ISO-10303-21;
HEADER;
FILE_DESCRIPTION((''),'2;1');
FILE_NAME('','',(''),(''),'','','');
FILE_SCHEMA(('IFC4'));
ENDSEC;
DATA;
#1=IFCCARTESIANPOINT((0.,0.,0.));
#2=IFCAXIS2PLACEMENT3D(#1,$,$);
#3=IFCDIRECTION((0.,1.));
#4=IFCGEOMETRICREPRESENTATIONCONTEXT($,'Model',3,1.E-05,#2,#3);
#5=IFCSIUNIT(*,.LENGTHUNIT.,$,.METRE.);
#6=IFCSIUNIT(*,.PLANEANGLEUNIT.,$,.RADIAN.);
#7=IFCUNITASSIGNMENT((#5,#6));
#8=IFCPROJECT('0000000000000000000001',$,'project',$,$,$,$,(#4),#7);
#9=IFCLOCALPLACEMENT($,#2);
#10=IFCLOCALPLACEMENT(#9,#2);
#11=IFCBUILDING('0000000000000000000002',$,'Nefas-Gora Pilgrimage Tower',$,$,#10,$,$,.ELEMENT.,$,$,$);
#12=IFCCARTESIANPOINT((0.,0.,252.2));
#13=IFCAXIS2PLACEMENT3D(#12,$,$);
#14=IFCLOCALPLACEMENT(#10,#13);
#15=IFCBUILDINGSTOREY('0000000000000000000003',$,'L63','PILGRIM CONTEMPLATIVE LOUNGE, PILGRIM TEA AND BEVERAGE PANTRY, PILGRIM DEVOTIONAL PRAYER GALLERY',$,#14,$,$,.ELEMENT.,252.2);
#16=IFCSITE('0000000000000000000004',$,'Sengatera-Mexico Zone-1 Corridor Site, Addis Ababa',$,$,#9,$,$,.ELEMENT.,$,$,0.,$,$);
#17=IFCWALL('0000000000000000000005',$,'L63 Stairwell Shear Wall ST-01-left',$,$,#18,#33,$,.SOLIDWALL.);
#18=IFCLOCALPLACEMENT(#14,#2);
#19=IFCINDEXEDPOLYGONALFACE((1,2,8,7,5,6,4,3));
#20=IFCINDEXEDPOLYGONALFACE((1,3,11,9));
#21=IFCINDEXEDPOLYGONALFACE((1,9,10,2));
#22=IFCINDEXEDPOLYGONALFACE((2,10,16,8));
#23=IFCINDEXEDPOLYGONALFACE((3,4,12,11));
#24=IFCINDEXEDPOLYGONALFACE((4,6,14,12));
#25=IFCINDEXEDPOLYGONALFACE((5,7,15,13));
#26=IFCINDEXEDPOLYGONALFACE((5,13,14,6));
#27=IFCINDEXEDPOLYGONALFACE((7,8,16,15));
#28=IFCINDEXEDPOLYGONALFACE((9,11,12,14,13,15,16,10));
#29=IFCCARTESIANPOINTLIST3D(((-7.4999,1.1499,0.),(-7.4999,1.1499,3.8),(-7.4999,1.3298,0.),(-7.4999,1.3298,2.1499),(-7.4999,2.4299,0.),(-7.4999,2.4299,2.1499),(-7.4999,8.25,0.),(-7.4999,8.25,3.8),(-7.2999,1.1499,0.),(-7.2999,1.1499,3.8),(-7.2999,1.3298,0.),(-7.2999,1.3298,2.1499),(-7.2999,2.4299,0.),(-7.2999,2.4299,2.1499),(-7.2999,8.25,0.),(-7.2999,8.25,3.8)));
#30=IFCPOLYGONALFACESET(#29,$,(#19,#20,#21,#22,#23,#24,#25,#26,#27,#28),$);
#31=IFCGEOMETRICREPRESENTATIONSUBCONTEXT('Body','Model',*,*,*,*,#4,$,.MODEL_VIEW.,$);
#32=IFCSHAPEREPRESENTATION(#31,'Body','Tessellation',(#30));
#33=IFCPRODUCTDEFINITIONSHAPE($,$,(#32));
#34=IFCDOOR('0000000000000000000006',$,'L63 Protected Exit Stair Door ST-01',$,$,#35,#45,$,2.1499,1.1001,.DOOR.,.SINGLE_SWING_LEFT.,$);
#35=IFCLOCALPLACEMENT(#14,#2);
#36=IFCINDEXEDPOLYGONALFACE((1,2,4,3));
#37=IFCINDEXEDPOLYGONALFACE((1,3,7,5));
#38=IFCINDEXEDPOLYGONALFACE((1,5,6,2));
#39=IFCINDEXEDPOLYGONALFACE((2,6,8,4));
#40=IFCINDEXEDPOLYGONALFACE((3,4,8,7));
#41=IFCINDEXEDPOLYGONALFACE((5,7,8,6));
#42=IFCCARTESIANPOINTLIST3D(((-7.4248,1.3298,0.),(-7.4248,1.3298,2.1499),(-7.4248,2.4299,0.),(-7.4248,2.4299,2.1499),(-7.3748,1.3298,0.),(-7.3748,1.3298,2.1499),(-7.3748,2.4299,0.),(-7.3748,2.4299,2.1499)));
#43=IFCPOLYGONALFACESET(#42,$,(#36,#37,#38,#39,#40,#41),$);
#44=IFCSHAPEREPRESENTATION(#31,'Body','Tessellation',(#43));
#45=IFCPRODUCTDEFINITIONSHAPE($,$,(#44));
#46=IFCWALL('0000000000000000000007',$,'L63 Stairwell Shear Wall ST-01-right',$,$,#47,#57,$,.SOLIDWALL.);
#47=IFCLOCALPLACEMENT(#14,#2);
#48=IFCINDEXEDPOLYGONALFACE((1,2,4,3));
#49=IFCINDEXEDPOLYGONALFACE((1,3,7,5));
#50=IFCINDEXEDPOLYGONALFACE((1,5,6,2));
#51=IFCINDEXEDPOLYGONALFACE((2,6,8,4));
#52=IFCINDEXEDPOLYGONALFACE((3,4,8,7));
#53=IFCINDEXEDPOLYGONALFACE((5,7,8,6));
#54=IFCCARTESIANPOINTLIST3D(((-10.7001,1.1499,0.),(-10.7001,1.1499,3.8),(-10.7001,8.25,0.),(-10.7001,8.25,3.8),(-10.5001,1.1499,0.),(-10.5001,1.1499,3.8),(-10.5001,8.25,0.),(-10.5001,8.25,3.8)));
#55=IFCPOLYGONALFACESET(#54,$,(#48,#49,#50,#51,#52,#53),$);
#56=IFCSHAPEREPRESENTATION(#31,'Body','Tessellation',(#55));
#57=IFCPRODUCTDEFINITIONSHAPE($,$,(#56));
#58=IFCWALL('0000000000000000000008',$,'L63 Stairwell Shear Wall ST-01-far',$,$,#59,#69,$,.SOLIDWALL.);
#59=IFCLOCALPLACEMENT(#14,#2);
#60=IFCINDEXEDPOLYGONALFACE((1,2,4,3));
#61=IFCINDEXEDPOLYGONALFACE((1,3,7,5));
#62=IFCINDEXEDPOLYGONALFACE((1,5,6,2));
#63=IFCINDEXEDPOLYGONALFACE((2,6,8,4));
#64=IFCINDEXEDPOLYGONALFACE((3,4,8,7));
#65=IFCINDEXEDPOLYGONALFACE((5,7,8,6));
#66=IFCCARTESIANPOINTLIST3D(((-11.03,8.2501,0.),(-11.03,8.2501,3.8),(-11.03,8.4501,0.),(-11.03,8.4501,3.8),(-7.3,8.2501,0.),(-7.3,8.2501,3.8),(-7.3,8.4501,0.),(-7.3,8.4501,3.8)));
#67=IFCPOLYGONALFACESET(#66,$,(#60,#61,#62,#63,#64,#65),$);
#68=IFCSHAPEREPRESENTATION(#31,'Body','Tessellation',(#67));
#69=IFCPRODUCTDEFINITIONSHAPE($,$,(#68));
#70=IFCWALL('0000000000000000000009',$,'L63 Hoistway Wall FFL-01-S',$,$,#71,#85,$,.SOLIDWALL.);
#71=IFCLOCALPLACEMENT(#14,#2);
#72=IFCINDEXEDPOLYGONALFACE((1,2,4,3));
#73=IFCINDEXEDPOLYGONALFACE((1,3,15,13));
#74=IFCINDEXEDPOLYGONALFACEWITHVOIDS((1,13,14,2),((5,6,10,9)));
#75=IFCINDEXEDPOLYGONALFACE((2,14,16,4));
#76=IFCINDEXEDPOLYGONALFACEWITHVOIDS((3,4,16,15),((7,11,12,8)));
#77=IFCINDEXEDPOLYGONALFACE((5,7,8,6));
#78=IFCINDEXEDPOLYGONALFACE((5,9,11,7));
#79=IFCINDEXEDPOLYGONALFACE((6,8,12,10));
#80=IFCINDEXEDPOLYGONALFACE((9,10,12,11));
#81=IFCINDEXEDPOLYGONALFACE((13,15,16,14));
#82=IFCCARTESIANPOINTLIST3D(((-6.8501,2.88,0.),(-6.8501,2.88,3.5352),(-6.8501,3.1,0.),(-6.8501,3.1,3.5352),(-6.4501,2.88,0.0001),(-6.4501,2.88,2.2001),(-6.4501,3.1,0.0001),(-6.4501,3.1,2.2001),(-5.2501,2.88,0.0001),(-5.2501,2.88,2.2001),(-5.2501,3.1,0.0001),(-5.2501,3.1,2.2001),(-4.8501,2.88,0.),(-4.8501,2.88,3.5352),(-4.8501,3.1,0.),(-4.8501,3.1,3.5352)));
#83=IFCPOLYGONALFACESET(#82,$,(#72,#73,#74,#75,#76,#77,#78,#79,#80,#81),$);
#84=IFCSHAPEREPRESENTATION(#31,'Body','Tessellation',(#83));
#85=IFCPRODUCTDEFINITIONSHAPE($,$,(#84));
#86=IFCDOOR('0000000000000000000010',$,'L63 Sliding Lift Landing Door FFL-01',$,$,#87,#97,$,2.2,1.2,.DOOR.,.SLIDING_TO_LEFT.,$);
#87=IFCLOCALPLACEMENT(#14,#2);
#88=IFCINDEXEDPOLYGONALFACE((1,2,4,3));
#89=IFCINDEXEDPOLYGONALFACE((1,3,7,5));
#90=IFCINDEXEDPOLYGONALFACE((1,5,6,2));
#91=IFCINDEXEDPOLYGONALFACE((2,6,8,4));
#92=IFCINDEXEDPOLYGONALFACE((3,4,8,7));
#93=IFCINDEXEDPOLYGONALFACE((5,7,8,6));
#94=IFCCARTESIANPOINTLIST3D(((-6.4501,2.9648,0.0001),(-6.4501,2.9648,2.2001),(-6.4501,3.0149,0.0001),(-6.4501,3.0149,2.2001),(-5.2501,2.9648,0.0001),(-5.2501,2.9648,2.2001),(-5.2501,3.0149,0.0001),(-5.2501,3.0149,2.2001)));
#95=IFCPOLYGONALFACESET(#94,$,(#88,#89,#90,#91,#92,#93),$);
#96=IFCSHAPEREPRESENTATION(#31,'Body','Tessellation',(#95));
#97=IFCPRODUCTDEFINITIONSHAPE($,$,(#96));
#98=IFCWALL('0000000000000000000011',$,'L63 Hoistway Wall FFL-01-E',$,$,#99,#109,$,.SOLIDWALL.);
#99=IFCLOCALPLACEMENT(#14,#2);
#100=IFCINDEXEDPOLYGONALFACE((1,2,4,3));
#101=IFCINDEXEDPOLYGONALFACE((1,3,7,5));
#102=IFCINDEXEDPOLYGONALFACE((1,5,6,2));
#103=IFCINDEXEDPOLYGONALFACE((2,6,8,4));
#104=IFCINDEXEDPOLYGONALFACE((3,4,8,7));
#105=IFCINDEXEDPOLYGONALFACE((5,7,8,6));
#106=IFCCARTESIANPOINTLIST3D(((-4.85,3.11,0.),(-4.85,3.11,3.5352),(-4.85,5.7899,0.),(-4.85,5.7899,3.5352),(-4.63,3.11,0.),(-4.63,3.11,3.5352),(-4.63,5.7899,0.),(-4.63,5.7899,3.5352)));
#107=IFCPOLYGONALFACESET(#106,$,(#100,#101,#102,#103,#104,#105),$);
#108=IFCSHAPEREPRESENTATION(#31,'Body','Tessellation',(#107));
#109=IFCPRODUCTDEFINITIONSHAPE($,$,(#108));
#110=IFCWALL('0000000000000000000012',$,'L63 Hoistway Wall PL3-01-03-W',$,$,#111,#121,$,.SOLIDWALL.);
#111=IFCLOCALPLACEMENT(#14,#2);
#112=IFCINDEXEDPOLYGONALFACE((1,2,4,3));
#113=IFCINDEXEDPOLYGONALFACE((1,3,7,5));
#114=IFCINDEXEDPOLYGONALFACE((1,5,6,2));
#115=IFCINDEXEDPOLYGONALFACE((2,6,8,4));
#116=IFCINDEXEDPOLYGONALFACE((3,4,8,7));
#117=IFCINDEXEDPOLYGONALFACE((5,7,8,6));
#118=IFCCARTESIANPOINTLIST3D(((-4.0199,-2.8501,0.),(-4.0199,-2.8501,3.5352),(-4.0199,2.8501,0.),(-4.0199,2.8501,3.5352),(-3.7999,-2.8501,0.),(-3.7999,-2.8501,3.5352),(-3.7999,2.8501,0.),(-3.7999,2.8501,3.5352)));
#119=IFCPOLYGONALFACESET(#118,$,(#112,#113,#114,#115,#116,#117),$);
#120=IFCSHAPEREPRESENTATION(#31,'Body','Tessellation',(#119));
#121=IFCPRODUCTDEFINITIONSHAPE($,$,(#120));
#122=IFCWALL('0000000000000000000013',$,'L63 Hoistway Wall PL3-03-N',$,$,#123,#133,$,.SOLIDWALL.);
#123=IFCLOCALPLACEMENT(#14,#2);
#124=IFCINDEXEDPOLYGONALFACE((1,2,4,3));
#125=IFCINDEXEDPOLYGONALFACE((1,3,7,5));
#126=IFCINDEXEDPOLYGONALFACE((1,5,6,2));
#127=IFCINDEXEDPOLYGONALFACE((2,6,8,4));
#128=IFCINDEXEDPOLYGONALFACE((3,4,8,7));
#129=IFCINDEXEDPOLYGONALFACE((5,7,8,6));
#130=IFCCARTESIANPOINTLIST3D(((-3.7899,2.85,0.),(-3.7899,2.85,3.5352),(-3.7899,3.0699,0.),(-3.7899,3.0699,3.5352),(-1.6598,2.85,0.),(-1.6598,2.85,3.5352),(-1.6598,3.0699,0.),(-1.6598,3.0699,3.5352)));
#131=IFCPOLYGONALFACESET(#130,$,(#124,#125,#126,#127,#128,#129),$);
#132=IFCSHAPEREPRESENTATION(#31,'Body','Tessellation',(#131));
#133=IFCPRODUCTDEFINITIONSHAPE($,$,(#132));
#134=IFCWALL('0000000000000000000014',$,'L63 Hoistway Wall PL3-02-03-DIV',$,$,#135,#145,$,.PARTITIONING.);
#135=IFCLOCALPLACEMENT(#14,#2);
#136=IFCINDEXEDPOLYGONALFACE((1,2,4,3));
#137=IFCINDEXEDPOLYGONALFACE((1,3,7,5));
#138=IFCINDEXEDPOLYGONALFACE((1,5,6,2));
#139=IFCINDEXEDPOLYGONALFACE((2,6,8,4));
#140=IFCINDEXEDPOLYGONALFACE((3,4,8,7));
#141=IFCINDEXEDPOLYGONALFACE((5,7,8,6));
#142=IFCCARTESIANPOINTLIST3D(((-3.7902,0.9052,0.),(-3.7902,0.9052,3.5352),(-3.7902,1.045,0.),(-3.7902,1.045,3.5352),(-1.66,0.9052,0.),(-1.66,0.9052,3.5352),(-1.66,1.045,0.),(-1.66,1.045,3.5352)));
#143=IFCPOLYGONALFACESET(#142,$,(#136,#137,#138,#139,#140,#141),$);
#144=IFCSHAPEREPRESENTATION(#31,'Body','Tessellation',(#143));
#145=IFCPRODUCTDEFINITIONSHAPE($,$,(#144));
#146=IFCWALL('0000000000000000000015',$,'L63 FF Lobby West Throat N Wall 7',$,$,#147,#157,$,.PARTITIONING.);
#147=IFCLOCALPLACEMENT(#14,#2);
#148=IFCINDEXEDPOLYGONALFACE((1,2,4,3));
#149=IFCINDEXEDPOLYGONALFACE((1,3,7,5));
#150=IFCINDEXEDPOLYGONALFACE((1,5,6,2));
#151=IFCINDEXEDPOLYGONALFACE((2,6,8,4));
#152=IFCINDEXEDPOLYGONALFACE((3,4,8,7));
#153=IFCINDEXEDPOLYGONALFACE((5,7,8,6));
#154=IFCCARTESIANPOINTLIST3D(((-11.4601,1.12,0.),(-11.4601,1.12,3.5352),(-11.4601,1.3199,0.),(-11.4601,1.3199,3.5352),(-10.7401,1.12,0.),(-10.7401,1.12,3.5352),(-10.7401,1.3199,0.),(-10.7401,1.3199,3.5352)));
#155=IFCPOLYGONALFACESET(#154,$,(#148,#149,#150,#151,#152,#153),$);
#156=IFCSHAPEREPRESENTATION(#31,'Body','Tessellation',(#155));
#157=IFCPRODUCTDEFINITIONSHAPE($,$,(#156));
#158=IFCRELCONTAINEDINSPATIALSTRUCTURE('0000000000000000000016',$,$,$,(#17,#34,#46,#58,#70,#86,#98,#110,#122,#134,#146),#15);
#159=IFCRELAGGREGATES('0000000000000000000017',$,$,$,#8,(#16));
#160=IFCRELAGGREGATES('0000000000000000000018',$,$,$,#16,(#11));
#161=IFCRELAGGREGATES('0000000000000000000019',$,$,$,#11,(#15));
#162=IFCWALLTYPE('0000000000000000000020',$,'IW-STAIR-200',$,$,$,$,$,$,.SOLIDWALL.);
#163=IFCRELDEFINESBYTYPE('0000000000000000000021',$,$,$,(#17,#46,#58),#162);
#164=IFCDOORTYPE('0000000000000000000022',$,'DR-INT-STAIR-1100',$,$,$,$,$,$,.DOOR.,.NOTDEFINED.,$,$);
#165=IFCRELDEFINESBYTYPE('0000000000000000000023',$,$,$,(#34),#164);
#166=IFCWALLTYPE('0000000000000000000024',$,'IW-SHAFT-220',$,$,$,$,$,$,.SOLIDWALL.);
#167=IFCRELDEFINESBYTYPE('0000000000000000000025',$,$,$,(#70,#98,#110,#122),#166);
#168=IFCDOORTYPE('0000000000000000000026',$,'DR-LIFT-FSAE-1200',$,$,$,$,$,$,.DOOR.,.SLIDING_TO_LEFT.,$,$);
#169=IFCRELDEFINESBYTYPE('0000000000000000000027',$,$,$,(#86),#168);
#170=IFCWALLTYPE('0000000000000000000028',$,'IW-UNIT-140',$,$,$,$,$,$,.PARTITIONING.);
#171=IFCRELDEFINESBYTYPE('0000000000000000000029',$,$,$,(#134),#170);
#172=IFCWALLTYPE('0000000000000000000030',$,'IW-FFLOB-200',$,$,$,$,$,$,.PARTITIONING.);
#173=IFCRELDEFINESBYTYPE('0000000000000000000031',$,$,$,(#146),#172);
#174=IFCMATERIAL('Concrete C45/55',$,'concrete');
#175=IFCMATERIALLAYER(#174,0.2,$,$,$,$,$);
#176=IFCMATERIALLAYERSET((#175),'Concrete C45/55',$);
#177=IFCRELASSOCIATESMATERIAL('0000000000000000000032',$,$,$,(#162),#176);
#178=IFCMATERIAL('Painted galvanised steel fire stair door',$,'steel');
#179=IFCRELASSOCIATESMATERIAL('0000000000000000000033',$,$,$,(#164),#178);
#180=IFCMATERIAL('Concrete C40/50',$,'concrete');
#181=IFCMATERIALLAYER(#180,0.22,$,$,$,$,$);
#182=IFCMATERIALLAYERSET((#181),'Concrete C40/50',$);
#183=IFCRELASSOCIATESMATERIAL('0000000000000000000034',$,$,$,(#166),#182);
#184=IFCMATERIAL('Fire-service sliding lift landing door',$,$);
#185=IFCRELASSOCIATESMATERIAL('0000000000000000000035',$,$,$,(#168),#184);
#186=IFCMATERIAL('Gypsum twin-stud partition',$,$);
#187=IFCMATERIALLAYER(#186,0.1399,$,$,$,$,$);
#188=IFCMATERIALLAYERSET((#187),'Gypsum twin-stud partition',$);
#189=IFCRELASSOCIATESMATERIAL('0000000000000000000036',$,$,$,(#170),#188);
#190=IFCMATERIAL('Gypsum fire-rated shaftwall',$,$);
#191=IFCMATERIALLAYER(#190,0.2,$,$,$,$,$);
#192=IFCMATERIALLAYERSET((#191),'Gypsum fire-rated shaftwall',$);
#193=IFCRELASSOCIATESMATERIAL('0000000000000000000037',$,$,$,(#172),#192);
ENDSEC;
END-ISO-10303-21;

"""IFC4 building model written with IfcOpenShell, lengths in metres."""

from ifc_helpers import new_model, si_unit, direction, frame, frame_2d, origin, place, context, subcontext, project, spatial, rectangle, extrude, source, transform, mapped, material, layer, layer_set, type_object, element, fill, save


model = new_model("IFC4")

# Units and contexts
model_context = context("Model", 3, precision=1e-05, world=origin(), true_north=direction((0.0, 1.0)))
body_context = subcontext(model_context, "Body", "Model", "MODEL_VIEW")
ifc_project = project(units=[si_unit("LENGTHUNIT", "METRE"), si_unit("PLANEANGLEUNIT", "RADIAN")], contexts=[model_context])

# Site, building, storey
site_placement = place(None, origin())
site = spatial("IfcSite", under=ifc_project, at=site_placement, Name="Sengatera-Mexico Zone-1 Corridor Site, Addis Ababa", CompositionType="ELEMENT", RefElevation=0.0)
building_placement = place(site_placement, origin())
building = spatial("IfcBuilding", under=site, at=building_placement, Name="Nefas-Gora Pilgrimage Tower", CompositionType="ELEMENT")
storey_placement = place(building_placement, frame((0.0, 0.0, 252.2)))
storey = spatial("IfcBuildingStorey", under=building, at=storey_placement, Name="L63", Description="PILGRIM CONTEMPLATIVE LOUNGE, PILGRIM TEA AND BEVERAGE PANTRY, PILGRIM DEVOTIONAL PRAYER GALLERY", CompositionType="ELEMENT", Elevation=252.2)

# Shared definitions
ifc_material_1 = material(Name="Concrete C45/55", Category="concrete")
ifc_layer_1 = layer(ifc_material_1, 0.2)
ifc_layer_set_1 = layer_set([ifc_layer_1], Name="Concrete C45/55")
wall_type_1 = type_object("IfcWallType", Name="IW-STAIR-200", PredefinedType="SOLIDWALL", material=ifc_layer_set_1)

# Wall, opening, door
shared_shape_1 = source(origin(), body_context, "Body", "SweptSolid", [
    extrude(rectangle(XDim=7.1001, YDim=0.2, at=frame_2d((3.55, 0.0))), origin(), (0.0, 0.0, 1.0), 3.8),
])
wall_1_placement = place(storey_placement, frame((-7.3999, 1.1499, 0.0), z_axis=(0.0, 0.0, 1.0), x_axis=(0.0, 1.0, 0.0)))
wall_1 = element("IfcWall", 1, at=wall_1_placement, inside=storey, type_object=wall_type_1, Name="L63 Stairwell Shear Wall ST-01-left", PredefinedType="SOLIDWALL", context=body_context, shape_type="MappedRepresentation", body=[
    mapped(shared_shape_1, transform((0.0, 0.0, 0.0), x_axis=(1.0, 0.0, 0.0), y_axis=(0.0, 1.0, 0.0), z_axis=(0.0, 0.0, 1.0), scale=1.0)),
])
opening_1_placement = place(wall_1_placement, frame((0.1799, 0.0, 0.0)))
opening_1 = element("IfcOpeningElement", 2, at=opening_1_placement, cuts=wall_1, PredefinedType="OPENING", context=body_context, shape_type="SweptSolid", body=[
    extrude(rectangle(XDim=1.1001, YDim=2.1499, at=frame_2d((0.55, 1.075))), frame((0.0, 0.1099, 0.0), z_axis=(0.0, -1.0, 0.0), x_axis=(1.0, 0.0, 0.0)), (0.0, 0.0, 1.0), 0.22),
])
ifc_material_2 = material(Name="Painted galvanised steel fire stair door", Category="steel")
door_type_1 = type_object("IfcDoorType", Name="DR-INT-STAIR-1100", OperationType="NOTDEFINED", PredefinedType="DOOR", material=ifc_material_2)
shared_shape_2 = source(origin(), body_context, "Body", "SweptSolid", [
    extrude(rectangle(XDim=1.1001, YDim=2.1499, at=frame_2d((0.55, 1.075))), frame((0.0, 0.0249, 0.0), z_axis=(0.0, -1.0, 0.0), x_axis=(1.0, 0.0, 0.0)), (0.0, 0.0, 1.0), 0.05),
])
door_1_placement = place(opening_1_placement, origin())
door_1 = element("IfcDoor", 3, at=door_1_placement, inside=storey, type_object=door_type_1, Name="L63 Protected Exit Stair Door ST-01", OperationType="SINGLE_SWING_LEFT", OverallHeight=2.1499, OverallWidth=1.1001, PredefinedType="DOOR", context=body_context, shape_type="MappedRepresentation", body=[
    mapped(shared_shape_2, transform((0.0, 0.0, 0.0), x_axis=(1.0, 0.0, 0.0), y_axis=(0.0, 1.0, 0.0), z_axis=(0.0, 0.0, 1.0), scale=1.0)),
])
fill(opening_1, door_1)

# Walls
wall_2_placement = place(storey_placement, frame((-10.6001, 1.1499, 0.0), z_axis=(0.0, 0.0, 1.0), x_axis=(0.0, 1.0, 0.0)))
element("IfcWall", 4, at=wall_2_placement, inside=storey, type_object=wall_type_1, Name="L63 Stairwell Shear Wall ST-01-right", PredefinedType="SOLIDWALL", context=body_context, shape_type="MappedRepresentation", body=[
    mapped(shared_shape_1, transform((0.0, 0.0, 0.0), x_axis=(1.0, 0.0, 0.0), y_axis=(0.0, 1.0, 0.0), z_axis=(0.0, 0.0, 1.0), scale=1.0)),
])
shared_shape_3 = source(origin(), body_context, "Body", "SweptSolid", [
    extrude(rectangle(XDim=3.73, YDim=0.2, at=frame_2d((1.865, 0.0))), origin(), (0.0, 0.0, 1.0), 3.8),
])
wall_3_placement = place(storey_placement, frame((-7.3, 8.3501, 0.0), z_axis=(0.0, 0.0, 1.0), x_axis=(-1.0, 0.0, 0.0)))
element("IfcWall", 5, at=wall_3_placement, inside=storey, type_object=wall_type_1, Name="L63 Stairwell Shear Wall ST-01-far", PredefinedType="SOLIDWALL", context=body_context, shape_type="MappedRepresentation", body=[
    mapped(shared_shape_3, transform((0.0, 0.0, 0.0), x_axis=(1.0, 0.0, 0.0), y_axis=(0.0, 1.0, 0.0), z_axis=(0.0, 0.0, 1.0), scale=1.0)),
])

# Wall, opening, door
ifc_material_3 = material(Name="Concrete C40/50", Category="concrete")
ifc_layer_2 = layer(ifc_material_3, 0.22)
ifc_layer_set_2 = layer_set([ifc_layer_2], Name="Concrete C40/50")
wall_type_2 = type_object("IfcWallType", Name="IW-SHAFT-220", PredefinedType="SOLIDWALL", material=ifc_layer_set_2)
shared_shape_4 = source(origin(), body_context, "Body", "SweptSolid", [
    extrude(rectangle(XDim=2.0, YDim=0.22, at=frame_2d((1.0, 0.0))), origin(), (0.0, 0.0, 1.0), 3.5352),
])
wall_4_placement = place(storey_placement, frame((-6.8501, 2.99, 0.0), z_axis=(0.0, 0.0, 1.0), x_axis=(1.0, 0.0, 0.0)))
wall_4 = element("IfcWall", 6, at=wall_4_placement, inside=storey, type_object=wall_type_2, Name="L63 Hoistway Wall FFL-01-S", PredefinedType="SOLIDWALL", context=body_context, shape_type="MappedRepresentation", body=[
    mapped(shared_shape_4, transform((0.0, 0.0, 0.0), x_axis=(1.0, 0.0, 0.0), y_axis=(0.0, 1.0, 0.0), z_axis=(0.0, 0.0, 1.0), scale=1.0)),
])
opening_2_placement = place(wall_4_placement, frame((0.3999, 0.0, 0.0)))
opening_2 = element("IfcOpeningElement", 7, at=opening_2_placement, cuts=wall_4, PredefinedType="OPENING", context=body_context, shape_type="SweptSolid", body=[
    extrude(rectangle(XDim=1.2, YDim=2.2, at=frame_2d((0.6001, 1.1001))), frame((0.0, 0.1199, 0.0), z_axis=(0.0, -1.0, 0.0), x_axis=(1.0, 0.0, 0.0)), (0.0, 0.0, 1.0), 0.24),
])
ifc_material_4 = material(Name="Fire-service sliding lift landing door")
door_type_2 = type_object("IfcDoorType", Name="DR-LIFT-FSAE-1200", OperationType="SLIDING_TO_LEFT", PredefinedType="DOOR", material=ifc_material_4)
shared_shape_5 = source(origin(), body_context, "Body", "SweptSolid", [
    extrude(rectangle(XDim=1.2, YDim=2.2, at=frame_2d((0.6001, 1.1001))), frame((0.0, 0.0249, 0.0), z_axis=(0.0, -1.0, 0.0), x_axis=(1.0, 0.0, 0.0)), (0.0, 0.0, 1.0), 0.05),
])
door_2_placement = place(opening_2_placement, origin())
door_2 = element("IfcDoor", 8, at=door_2_placement, inside=storey, type_object=door_type_2, Name="L63 Sliding Lift Landing Door FFL-01", OperationType="SLIDING_TO_LEFT", OverallHeight=2.2, OverallWidth=1.2, PredefinedType="DOOR", context=body_context, shape_type="MappedRepresentation", body=[
    mapped(shared_shape_5, transform((0.0, 0.0, 0.0), x_axis=(1.0, 0.0, 0.0), y_axis=(0.0, 1.0, 0.0), z_axis=(0.0, 0.0, 1.0), scale=1.0)),
])
fill(opening_2, door_2)

# Walls
shared_shape_6 = source(origin(), body_context, "Body", "SweptSolid", [
    extrude(rectangle(XDim=2.6799, YDim=0.22, at=frame_2d((1.3398, 0.0))), origin(), (0.0, 0.0, 1.0), 3.5352),
])
wall_5_placement = place(storey_placement, frame((-4.74, 3.1101, 0.0), z_axis=(0.0, 0.0, 1.0), x_axis=(0.0, 1.0, 0.0)))
element("IfcWall", 9, at=wall_5_placement, inside=storey, type_object=wall_type_2, Name="L63 Hoistway Wall FFL-01-E", PredefinedType="SOLIDWALL", context=body_context, shape_type="MappedRepresentation", body=[
    mapped(shared_shape_6, transform((0.0, 0.0, 0.0), x_axis=(1.0, 0.0, 0.0), y_axis=(0.0, 1.0, 0.0), z_axis=(0.0, 0.0, 1.0), scale=1.0)),
])
shared_shape_7 = source(origin(), body_context, "Body", "SweptSolid", [
    extrude(rectangle(XDim=5.7002, YDim=0.22, at=frame_2d((2.8501, 0.0))), origin(), (0.0, 0.0, 1.0), 3.5352),
])
wall_6_placement = place(storey_placement, frame((-3.9099, 2.8501, 0.0), z_axis=(0.0, 0.0, 1.0), x_axis=(0.0, -1.0, 0.0)))
element("IfcWall", 10, at=wall_6_placement, inside=storey, type_object=wall_type_2, Name="L63 Hoistway Wall PL3-01-03-W", PredefinedType="SOLIDWALL", context=body_context, shape_type="MappedRepresentation", body=[
    mapped(shared_shape_7, transform((0.0, 0.0, 0.0), x_axis=(1.0, 0.0, 0.0), y_axis=(0.0, 1.0, 0.0), z_axis=(0.0, 0.0, 1.0), scale=1.0)),
])
shared_shape_8 = source(origin(), body_context, "Body", "SweptSolid", [
    extrude(rectangle(XDim=2.1301, YDim=0.22, at=frame_2d((1.0649, 0.0))), origin(), (0.0, 0.0, 1.0), 3.5352),
])
wall_7_placement = place(storey_placement, frame((-1.6599, 2.96, 0.0), z_axis=(0.0, 0.0, 1.0), x_axis=(-1.0, 0.0, 0.0)))
element("IfcWall", 11, at=wall_7_placement, inside=storey, type_object=wall_type_2, Name="L63 Hoistway Wall PL3-03-N", PredefinedType="SOLIDWALL", context=body_context, shape_type="MappedRepresentation", body=[
    mapped(shared_shape_8, transform((0.0, 0.0, 0.0), x_axis=(1.0, 0.0, 0.0), y_axis=(0.0, 1.0, 0.0), z_axis=(0.0, 0.0, 1.0), scale=1.0)),
])
ifc_material_5 = material(Name="Gypsum twin-stud partition")
ifc_layer_3 = layer(ifc_material_5, 0.1399)
ifc_layer_set_3 = layer_set([ifc_layer_3], Name="Gypsum twin-stud partition")
wall_type_3 = type_object("IfcWallType", Name="IW-UNIT-140", PredefinedType="PARTITIONING", material=ifc_layer_set_3)
shared_shape_9 = source(origin(), body_context, "Body", "SweptSolid", [
    extrude(rectangle(XDim=2.1301, YDim=0.1399, at=frame_2d((1.0649, 0.0))), origin(), (0.0, 0.0, 1.0), 3.5352),
])
wall_8_placement = place(storey_placement, frame((-3.79, 0.9751, 0.0), z_axis=(0.0, 0.0, 1.0), x_axis=(1.0, 0.0, 0.0)))
element("IfcWall", 12, at=wall_8_placement, inside=storey, type_object=wall_type_3, Name="L63 Hoistway Wall PL3-02-03-DIV", PredefinedType="PARTITIONING", context=body_context, shape_type="MappedRepresentation", body=[
    mapped(shared_shape_9, transform((0.0, 0.0, 0.0), x_axis=(1.0, 0.0, 0.0), y_axis=(0.0, 1.0, 0.0), z_axis=(0.0, 0.0, 1.0), scale=1.0)),
])
ifc_material_6 = material(Name="Gypsum fire-rated shaftwall")
ifc_layer_4 = layer(ifc_material_6, 0.2)
ifc_layer_set_4 = layer_set([ifc_layer_4], Name="Gypsum fire-rated shaftwall")
wall_type_4 = type_object("IfcWallType", Name="IW-FFLOB-200", PredefinedType="PARTITIONING", material=ifc_layer_set_4)
shared_shape_10 = source(origin(), body_context, "Body", "SweptSolid", [
    extrude(rectangle(XDim=0.72, YDim=0.2, at=frame_2d((0.3599, 0.0))), origin(), (0.0, 0.0, 1.0), 3.5352),
])
wall_9_placement = place(storey_placement, frame((-11.46, 1.22, 0.0), z_axis=(0.0, 0.0, 1.0), x_axis=(1.0, 0.0, 0.0)))
element("IfcWall", 13, at=wall_9_placement, inside=storey, type_object=wall_type_4, Name="L63 FF Lobby West Throat N Wall 7", PredefinedType="PARTITIONING", context=body_context, shape_type="MappedRepresentation", body=[
    mapped(shared_shape_10, transform((0.0, 0.0, 0.0), x_axis=(1.0, 0.0, 0.0), y_axis=(0.0, 1.0, 0.0), z_axis=(0.0, 0.0, 1.0), scale=1.0)),
])

save(model, "model.ifc")
